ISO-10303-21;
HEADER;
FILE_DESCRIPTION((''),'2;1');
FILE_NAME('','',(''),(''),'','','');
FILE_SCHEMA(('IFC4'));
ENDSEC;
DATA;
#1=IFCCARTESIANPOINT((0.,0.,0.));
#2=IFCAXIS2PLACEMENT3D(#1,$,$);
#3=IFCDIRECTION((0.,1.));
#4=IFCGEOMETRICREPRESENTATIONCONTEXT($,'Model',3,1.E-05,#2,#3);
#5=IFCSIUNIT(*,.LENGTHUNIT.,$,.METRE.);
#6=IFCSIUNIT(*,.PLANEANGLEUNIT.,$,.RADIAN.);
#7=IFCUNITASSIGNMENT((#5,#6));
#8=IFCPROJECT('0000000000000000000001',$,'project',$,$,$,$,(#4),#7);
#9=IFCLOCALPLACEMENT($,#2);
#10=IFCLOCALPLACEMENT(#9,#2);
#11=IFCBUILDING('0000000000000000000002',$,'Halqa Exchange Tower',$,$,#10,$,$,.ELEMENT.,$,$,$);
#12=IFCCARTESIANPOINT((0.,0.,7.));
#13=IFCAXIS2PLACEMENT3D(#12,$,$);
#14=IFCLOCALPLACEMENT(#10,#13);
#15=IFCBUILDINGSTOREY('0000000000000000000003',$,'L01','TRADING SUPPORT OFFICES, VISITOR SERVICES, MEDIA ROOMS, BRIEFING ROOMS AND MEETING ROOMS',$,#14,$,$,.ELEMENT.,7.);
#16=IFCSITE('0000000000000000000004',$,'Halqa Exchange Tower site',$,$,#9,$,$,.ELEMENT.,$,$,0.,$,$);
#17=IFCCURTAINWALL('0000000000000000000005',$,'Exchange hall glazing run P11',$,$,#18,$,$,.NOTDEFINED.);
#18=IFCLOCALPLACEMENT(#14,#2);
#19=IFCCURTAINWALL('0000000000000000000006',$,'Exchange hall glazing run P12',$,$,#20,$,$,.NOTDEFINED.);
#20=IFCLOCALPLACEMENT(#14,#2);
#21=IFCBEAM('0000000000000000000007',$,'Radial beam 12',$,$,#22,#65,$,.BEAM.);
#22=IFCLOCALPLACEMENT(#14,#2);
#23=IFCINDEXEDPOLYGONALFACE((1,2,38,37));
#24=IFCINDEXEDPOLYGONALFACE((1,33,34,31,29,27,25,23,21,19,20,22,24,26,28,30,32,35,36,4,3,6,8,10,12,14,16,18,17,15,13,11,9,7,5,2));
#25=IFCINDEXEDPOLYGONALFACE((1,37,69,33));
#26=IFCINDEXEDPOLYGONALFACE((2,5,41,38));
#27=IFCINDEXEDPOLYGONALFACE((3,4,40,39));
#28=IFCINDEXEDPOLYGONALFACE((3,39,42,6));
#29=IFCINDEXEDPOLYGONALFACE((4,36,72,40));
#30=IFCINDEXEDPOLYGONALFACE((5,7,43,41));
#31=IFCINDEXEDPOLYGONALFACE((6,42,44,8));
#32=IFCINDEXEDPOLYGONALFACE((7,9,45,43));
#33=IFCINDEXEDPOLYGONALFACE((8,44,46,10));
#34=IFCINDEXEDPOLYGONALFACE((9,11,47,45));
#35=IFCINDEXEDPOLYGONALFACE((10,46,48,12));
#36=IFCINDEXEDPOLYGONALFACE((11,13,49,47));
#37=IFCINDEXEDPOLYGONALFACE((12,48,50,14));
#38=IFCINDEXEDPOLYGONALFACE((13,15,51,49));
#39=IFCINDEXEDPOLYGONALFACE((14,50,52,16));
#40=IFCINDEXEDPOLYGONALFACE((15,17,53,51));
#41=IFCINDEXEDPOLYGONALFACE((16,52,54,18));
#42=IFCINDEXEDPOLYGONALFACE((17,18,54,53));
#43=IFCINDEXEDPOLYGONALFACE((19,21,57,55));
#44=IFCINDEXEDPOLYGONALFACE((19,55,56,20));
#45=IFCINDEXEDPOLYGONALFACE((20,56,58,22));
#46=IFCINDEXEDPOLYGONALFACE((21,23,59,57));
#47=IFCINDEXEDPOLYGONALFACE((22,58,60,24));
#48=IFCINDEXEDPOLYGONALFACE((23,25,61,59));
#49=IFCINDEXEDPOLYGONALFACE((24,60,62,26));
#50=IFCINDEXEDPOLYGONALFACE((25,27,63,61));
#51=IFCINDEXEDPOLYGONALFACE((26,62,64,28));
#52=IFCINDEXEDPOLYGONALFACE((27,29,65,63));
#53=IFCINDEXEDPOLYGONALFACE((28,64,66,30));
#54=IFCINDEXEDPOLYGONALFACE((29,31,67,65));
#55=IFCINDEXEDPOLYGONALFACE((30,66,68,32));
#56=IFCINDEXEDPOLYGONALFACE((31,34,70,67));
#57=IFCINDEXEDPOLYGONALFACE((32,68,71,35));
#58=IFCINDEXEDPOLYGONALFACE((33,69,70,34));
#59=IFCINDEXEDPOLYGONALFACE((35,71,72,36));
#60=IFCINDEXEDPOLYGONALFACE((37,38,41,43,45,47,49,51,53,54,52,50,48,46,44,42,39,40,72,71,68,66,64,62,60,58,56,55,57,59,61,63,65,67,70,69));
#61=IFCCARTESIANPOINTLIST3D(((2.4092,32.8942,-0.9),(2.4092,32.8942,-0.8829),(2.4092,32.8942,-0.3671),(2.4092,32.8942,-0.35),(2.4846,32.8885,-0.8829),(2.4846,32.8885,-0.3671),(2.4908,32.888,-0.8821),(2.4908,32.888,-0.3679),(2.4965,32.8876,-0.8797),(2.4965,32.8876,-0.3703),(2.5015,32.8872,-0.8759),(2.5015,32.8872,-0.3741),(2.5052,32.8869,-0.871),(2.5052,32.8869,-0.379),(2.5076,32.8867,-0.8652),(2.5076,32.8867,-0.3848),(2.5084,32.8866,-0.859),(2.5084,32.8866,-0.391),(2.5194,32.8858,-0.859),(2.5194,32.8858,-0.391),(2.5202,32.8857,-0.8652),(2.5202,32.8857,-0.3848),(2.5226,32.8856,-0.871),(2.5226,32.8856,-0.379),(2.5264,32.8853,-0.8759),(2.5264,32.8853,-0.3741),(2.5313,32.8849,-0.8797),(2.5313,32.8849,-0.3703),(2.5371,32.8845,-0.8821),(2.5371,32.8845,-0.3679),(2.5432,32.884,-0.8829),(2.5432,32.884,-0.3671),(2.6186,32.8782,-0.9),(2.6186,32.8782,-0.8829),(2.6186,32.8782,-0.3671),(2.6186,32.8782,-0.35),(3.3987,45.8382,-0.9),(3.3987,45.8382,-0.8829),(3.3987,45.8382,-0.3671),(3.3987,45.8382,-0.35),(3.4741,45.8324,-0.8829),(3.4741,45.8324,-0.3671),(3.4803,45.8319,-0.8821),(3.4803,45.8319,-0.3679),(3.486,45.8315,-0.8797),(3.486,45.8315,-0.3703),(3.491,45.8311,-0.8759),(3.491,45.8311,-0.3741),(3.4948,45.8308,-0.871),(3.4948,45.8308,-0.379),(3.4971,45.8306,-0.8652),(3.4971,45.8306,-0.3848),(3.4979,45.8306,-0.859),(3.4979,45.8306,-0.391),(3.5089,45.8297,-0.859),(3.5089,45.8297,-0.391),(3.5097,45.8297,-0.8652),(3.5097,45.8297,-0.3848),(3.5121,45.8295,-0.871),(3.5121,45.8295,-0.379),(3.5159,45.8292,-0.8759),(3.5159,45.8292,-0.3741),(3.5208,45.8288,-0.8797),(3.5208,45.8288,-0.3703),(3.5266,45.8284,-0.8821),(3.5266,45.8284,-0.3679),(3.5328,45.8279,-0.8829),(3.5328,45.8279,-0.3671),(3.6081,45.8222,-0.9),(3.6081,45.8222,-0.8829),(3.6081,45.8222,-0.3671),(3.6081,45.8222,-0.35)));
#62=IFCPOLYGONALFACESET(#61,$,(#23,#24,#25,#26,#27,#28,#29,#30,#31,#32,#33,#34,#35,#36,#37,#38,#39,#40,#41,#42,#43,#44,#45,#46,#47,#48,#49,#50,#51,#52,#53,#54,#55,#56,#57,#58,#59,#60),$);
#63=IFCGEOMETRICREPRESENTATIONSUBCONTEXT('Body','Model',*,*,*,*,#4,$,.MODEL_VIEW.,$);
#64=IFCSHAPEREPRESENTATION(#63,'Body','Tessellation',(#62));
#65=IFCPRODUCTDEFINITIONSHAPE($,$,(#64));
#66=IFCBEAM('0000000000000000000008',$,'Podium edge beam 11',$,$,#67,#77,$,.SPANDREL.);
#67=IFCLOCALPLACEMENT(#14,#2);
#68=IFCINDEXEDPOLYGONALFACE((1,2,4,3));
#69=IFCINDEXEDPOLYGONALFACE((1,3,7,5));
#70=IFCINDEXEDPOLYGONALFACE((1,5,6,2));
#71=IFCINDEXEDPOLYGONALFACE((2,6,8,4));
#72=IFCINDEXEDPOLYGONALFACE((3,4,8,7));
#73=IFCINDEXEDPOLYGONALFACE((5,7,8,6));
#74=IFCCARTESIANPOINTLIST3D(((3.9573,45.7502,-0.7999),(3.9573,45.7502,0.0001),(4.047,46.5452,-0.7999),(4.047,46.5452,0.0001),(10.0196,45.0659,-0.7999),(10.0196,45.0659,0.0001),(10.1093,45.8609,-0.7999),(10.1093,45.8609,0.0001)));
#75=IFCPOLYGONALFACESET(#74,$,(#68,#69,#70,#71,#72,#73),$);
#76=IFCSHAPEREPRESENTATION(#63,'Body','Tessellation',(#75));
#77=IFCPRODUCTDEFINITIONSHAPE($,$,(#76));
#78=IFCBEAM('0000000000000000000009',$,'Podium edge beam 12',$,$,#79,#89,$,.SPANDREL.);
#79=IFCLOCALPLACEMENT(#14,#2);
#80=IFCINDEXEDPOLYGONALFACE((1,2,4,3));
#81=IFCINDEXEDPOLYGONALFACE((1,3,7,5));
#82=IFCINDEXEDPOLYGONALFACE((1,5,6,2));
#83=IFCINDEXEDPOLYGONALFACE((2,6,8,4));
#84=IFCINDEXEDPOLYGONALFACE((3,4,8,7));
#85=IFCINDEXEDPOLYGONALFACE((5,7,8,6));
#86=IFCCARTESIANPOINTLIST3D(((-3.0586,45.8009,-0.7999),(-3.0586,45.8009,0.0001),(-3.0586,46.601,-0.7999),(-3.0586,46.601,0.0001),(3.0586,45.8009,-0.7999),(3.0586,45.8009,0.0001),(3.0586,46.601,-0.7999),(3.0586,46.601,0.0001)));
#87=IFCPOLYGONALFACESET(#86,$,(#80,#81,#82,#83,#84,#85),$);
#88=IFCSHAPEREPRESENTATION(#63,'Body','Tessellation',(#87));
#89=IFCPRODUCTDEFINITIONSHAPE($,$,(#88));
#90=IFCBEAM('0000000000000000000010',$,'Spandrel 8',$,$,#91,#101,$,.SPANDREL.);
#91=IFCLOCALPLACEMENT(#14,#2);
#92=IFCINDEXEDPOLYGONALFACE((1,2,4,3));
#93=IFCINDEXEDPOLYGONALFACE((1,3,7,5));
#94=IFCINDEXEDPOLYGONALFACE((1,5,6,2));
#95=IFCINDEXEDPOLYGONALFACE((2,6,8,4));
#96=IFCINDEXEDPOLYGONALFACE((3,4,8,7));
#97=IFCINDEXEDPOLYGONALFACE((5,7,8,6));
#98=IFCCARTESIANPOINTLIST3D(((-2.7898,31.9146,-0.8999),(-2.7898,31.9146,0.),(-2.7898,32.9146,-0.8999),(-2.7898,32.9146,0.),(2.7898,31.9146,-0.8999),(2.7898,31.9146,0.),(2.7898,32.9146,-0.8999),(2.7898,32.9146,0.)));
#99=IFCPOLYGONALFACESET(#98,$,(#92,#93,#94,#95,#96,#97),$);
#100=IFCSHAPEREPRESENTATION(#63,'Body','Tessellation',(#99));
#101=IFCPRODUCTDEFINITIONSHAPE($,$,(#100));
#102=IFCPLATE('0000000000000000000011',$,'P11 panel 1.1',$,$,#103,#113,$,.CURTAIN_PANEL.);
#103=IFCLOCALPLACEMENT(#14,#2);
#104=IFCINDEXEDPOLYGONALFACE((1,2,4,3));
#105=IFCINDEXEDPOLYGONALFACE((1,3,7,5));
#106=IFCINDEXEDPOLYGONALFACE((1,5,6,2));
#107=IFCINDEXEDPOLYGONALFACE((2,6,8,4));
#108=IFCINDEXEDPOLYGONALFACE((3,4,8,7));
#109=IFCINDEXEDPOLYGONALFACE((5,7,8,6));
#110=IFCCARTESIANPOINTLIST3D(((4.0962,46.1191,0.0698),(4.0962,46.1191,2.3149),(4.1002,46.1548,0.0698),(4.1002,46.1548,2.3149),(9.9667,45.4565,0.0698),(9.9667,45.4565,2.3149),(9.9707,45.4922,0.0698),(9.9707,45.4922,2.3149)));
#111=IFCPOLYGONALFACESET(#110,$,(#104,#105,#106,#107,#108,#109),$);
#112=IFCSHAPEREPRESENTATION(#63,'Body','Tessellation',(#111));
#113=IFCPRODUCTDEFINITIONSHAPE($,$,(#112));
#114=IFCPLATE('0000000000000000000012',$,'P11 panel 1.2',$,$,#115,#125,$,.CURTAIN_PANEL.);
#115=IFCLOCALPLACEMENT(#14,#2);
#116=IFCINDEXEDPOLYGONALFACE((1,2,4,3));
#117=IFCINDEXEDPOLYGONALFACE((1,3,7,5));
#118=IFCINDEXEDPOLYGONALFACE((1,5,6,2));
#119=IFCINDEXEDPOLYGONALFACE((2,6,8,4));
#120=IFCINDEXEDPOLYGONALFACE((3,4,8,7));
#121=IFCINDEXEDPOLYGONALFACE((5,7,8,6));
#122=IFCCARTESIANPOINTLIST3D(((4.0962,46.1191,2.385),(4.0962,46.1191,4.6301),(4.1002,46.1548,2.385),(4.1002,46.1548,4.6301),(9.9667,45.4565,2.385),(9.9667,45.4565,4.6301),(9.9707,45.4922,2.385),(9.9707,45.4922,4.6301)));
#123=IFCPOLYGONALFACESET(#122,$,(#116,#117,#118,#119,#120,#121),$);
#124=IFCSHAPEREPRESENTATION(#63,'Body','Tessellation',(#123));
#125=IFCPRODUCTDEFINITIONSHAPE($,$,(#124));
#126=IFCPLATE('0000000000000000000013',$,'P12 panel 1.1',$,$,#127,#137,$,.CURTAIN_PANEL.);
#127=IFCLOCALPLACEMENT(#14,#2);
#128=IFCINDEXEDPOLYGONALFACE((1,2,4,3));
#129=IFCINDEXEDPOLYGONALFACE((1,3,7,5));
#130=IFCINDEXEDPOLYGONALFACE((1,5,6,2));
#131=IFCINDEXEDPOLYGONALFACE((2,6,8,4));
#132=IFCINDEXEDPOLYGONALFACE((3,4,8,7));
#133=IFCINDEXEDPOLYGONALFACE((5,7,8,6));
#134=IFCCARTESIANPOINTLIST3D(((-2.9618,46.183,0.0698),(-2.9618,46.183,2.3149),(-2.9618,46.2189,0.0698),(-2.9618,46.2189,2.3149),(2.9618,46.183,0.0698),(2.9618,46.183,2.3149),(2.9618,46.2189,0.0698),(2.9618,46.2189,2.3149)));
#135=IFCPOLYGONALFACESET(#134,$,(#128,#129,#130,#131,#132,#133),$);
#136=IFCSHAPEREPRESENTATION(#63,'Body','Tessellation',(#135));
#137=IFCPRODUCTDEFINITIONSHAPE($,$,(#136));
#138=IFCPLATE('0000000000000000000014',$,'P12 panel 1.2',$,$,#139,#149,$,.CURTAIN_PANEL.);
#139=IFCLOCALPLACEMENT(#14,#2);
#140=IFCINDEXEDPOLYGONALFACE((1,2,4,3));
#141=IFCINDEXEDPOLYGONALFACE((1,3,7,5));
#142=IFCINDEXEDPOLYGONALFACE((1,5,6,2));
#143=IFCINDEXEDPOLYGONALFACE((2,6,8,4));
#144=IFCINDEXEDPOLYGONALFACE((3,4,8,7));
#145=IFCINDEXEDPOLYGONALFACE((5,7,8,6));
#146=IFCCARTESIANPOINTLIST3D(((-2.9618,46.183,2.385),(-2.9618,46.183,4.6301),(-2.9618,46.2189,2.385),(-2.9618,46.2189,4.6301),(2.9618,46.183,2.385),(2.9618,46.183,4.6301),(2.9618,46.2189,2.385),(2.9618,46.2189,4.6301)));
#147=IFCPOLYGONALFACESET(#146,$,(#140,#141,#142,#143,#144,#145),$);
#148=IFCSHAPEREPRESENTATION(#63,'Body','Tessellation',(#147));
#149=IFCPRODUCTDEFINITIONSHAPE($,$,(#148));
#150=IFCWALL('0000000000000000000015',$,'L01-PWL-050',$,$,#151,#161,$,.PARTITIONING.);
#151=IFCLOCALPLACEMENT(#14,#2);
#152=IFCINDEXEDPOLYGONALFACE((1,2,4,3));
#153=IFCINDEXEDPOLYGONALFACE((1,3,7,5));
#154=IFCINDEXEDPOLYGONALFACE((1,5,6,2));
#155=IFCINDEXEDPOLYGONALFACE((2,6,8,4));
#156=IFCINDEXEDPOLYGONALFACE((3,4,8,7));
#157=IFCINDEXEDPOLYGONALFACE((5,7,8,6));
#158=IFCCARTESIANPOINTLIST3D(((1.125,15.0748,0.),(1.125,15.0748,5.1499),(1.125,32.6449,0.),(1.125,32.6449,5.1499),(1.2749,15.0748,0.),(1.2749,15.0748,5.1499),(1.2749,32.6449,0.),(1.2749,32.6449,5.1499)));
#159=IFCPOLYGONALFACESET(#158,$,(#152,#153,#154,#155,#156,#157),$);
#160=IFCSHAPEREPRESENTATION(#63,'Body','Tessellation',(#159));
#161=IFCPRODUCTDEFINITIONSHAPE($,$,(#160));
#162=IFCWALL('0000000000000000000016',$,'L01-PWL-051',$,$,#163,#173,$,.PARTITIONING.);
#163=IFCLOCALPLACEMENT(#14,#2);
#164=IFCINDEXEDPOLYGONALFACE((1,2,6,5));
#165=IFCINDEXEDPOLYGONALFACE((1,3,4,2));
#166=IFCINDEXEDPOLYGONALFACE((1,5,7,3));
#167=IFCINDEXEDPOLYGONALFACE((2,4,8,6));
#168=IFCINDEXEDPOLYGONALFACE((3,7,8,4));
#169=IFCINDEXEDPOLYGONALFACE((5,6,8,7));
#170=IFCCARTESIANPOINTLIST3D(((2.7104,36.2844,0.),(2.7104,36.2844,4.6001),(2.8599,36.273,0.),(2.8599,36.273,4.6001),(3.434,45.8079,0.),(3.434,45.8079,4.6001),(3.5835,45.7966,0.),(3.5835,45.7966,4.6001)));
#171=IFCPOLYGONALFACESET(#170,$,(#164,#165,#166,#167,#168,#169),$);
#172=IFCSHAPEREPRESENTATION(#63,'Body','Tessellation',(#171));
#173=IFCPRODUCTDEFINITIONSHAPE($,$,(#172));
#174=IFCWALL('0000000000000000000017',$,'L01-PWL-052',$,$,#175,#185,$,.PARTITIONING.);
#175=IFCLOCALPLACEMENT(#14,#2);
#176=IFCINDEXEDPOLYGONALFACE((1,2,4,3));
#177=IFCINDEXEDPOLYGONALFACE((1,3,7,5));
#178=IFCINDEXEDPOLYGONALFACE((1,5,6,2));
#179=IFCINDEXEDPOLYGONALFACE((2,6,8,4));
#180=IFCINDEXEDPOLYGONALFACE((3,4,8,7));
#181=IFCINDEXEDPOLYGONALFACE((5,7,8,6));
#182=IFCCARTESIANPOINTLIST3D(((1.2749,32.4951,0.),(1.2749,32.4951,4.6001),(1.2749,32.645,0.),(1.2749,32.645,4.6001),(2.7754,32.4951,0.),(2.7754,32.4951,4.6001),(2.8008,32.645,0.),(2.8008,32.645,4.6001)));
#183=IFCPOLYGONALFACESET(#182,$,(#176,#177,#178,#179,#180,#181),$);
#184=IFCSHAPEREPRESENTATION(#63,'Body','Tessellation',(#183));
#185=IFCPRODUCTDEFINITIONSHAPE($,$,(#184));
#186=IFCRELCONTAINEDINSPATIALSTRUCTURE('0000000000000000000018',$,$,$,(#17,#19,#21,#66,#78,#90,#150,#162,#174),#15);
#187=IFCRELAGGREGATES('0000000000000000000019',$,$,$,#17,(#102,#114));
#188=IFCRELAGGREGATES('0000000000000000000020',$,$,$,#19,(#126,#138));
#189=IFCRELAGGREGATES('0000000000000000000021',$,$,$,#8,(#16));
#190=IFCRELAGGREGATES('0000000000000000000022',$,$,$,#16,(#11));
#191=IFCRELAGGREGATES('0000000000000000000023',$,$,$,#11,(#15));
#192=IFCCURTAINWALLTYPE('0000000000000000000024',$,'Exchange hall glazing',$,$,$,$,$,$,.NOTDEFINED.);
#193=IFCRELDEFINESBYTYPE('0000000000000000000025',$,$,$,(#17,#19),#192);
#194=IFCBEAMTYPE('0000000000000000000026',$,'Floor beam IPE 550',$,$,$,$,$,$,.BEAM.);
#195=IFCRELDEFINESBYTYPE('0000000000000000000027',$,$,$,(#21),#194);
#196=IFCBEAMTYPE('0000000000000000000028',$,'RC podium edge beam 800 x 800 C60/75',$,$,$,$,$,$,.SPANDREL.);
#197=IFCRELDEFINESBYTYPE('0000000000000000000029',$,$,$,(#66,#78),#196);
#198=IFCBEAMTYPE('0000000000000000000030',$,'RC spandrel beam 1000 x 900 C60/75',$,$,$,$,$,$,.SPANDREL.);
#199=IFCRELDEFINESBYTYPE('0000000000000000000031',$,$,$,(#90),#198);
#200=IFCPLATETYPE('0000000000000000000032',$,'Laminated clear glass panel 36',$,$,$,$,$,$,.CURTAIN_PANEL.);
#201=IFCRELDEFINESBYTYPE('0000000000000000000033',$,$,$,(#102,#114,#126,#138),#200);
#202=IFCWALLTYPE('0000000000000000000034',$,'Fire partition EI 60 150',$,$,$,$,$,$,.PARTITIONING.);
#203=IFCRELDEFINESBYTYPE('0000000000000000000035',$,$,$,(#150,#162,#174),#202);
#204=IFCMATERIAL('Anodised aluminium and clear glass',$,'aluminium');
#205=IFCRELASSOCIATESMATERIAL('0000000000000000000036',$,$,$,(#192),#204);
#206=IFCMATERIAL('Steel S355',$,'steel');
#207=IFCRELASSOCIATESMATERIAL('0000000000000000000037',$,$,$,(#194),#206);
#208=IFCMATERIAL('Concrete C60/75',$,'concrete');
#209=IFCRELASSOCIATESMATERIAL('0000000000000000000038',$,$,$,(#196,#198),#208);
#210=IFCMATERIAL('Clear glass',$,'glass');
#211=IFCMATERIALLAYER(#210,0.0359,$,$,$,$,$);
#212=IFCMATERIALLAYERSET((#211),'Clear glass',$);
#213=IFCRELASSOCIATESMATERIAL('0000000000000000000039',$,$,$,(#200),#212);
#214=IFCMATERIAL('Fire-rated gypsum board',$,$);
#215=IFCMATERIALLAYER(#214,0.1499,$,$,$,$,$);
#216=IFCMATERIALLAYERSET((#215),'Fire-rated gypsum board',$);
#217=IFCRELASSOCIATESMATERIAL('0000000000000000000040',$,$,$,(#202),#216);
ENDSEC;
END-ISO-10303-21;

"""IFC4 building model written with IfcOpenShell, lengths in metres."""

from ifc_helpers import new_model, si_unit, direction, frame, frame_2d, origin, origin_2d, place, context, subcontext, project, spatial, polyline, rectangle, i_section, outline, extrude, material, layer, layer_set, material_profile, profile_set, type_object, element, aggregate, save


model = new_model("IFC4")

# Units and contexts
model_context = context("Model", 3, precision=1e-05, world=origin(), true_north=direction((0.0, 1.0)))
body_context = subcontext(model_context, "Body", "Model", "MODEL_VIEW")
ifc_project = project(units=[si_unit("LENGTHUNIT", "METRE"), si_unit("PLANEANGLEUNIT", "RADIAN")], contexts=[model_context])

# Site, building, storey
site_placement = place(None, origin())
site = spatial("IfcSite", under=ifc_project, at=site_placement, Name="Halqa Exchange Tower site", CompositionType="ELEMENT", RefElevation=0.0)
building_placement = place(site_placement, origin())
building = spatial("IfcBuilding", under=site, at=building_placement, Name="Halqa Exchange Tower", CompositionType="ELEMENT")
storey_placement = place(building_placement, frame((0.0, 0.0, 7.0)))
storey = spatial("IfcBuildingStorey", under=building, at=storey_placement, Name="L01", Description="TRADING SUPPORT OFFICES, VISITOR SERVICES, MEDIA ROOMS, BRIEFING ROOMS AND MEETING ROOMS", CompositionType="ELEMENT", Elevation=7.0)

# Shared definitions
ifc_material_1 = material(Name="Concrete C60/75", Category="concrete")

# Curtain wall
ifc_material_2 = material(Name="Anodised aluminium and clear glass", Category="aluminium")
curtain_wall_type = type_object("IfcCurtainWallType", Name="Exchange hall glazing", PredefinedType="NOTDEFINED", material=ifc_material_2)
curtain_wall_1_placement = place(storey_placement, origin())
curtain_wall_1 = element("IfcCurtainWall", 1, at=curtain_wall_1_placement, inside=storey, type_object=curtain_wall_type, Name="Exchange hall glazing run P11", PredefinedType="NOTDEFINED")

# Curtain wall
curtain_wall_2_placement = place(storey_placement, origin())
curtain_wall_2 = element("IfcCurtainWall", 2, at=curtain_wall_2_placement, inside=storey, type_object=curtain_wall_type, Name="Exchange hall glazing run P12", PredefinedType="NOTDEFINED")

# Beams
ifc_material_3 = material(Name="Steel S355", Category="steel")
ifc_material_profile_1 = material_profile(ifc_material_3, i_section(OverallWidth=0.21, OverallDepth=0.55, WebThickness=0.011, FlangeThickness=0.0171, FilletRadius=0.0239, at=origin_2d()), Name="IPE 550")
ifc_profile_set_1 = profile_set([ifc_material_profile_1], Name="Steel S355")
beam_type_1 = type_object("IfcBeamType", Name="Floor beam IPE 550", PredefinedType="BEAM", material=ifc_profile_set_1)
beam_1_placement = place(storey_placement, frame((2.5139, 32.8862, -0.625), z_axis=(0.076223, 0.997091, 0.0), x_axis=(-0.997091, 0.076223, 0.0)))
element("IfcBeam", 3, at=beam_1_placement, inside=storey, type_object=beam_type_1, Name="Radial beam 12", PredefinedType="BEAM", context=body_context, shape_type="SweptSolid", body=[
    extrude(i_section(OverallWidth=0.21, OverallDepth=0.55, WebThickness=0.011, FlangeThickness=0.0171, FilletRadius=0.0239, at=origin_2d()), origin(), (0.0, 0.0, 1.0), 12.9817),
])
ifc_material_profile_2 = material_profile(ifc_material_1, rectangle(XDim=0.8, YDim=0.8, at=origin_2d()), Name="800 x 800")
ifc_profile_set_2 = profile_set([ifc_material_profile_2], Name="Concrete C60/75")
beam_type_2 = type_object("IfcBeamType", Name="RC podium edge beam 800 x 800 C60/75", PredefinedType="SPANDREL", material=ifc_profile_set_2)
beam_2_placement = place(storey_placement, frame((10.0645, 45.4634, -0.3999), z_axis=(-0.993689, 0.112171, 0.0), x_axis=(-0.112171, -0.993689, 0.0)))
element("IfcBeam", 4, at=beam_2_placement, inside=storey, type_object=beam_type_2, Name="Podium edge beam 11", PredefinedType="SPANDREL", context=body_context, shape_type="SweptSolid", body=[
    extrude(rectangle(XDim=0.8, YDim=0.8, at=origin_2d()), origin(), (0.0, 0.0, 1.0), 6.1008),
])
beam_3_placement = place(storey_placement, frame((3.0586, 46.2009, -0.3999), z_axis=(-1.0, 0.0, 0.0), x_axis=(0.0, -1.0, 0.0)))
element("IfcBeam", 5, at=beam_3_placement, inside=storey, type_object=beam_type_2, Name="Podium edge beam 12", PredefinedType="SPANDREL", context=body_context, shape_type="SweptSolid", body=[
    extrude(rectangle(XDim=0.8, YDim=0.8, at=origin_2d()), origin(), (0.0, 0.0, 1.0), 6.1172),
])
ifc_material_profile_3 = material_profile(ifc_material_1, rectangle(XDim=1.0, YDim=0.8999, at=origin_2d()), Name="1000 x 900")
ifc_profile_set_3 = profile_set([ifc_material_profile_3], Name="Concrete C60/75")
beam_type_3 = type_object("IfcBeamType", Name="RC spandrel beam 1000 x 900 C60/75", PredefinedType="SPANDREL", material=ifc_profile_set_3)
beam_4_placement = place(storey_placement, frame((2.7898, 32.4146, -0.45), z_axis=(-1.0, 0.0, 0.0), x_axis=(0.0, -1.0, 0.0)))
element("IfcBeam", 6, at=beam_4_placement, inside=storey, type_object=beam_type_3, Name="Spandrel 8", PredefinedType="SPANDREL", context=body_context, shape_type="SweptSolid", body=[
    extrude(rectangle(XDim=1.0, YDim=0.8999, at=origin_2d()), origin(), (0.0, 0.0, 1.0), 5.5796),
])

# Plates
ifc_material_4 = material(Name="Clear glass", Category="glass")
ifc_layer_1 = layer(ifc_material_4, 0.0359)
ifc_layer_set_1 = layer_set([ifc_layer_1], Name="Clear glass")
plate_type = type_object("IfcPlateType", Name="Laminated clear glass panel 36", PredefinedType="CURTAIN_PANEL", material=ifc_layer_set_1)
plate_1_placement = place(storey_placement, frame((7.0334, 45.8057, 0.0698), z_axis=(0.0, 0.0, 1.0), x_axis=(-0.99369, 0.112159, 0.0)))
plate_1 = element("IfcPlate", 7, at=plate_1_placement, type_object=plate_type, Name="P11 panel 1.1", PredefinedType="CURTAIN_PANEL", context=body_context, shape_type="SweptSolid", body=[
    extrude(rectangle(XDim=5.9077, YDim=0.0359, at=origin_2d()), origin(), (0.0, 0.0, 1.0), 2.2451),
])
plate_2_placement = place(storey_placement, frame((7.0334, 45.8057, 2.385), z_axis=(0.0, 0.0, 1.0), x_axis=(-0.99369, 0.112159, 0.0)))
plate_2 = element("IfcPlate", 8, at=plate_2_placement, type_object=plate_type, Name="P11 panel 1.2", PredefinedType="CURTAIN_PANEL", context=body_context, shape_type="SweptSolid", body=[
    extrude(rectangle(XDim=5.9077, YDim=0.0359, at=origin_2d()), origin(), (0.0, 0.0, 1.0), 2.2451),
])
aggregate(curtain_wall_1, [plate_1, plate_2])
plate_3_placement = place(storey_placement, frame((0.0, 46.2009, 0.0698), z_axis=(0.0, 0.0, 1.0), x_axis=(-1.0, 0.0, 0.0)))
plate_3 = element("IfcPlate", 9, at=plate_3_placement, type_object=plate_type, Name="P12 panel 1.1", PredefinedType="CURTAIN_PANEL", context=body_context, shape_type="SweptSolid", body=[
    extrude(rectangle(XDim=5.9236, YDim=0.0359, at=origin_2d()), origin(), (0.0, 0.0, 1.0), 2.2451),
])
plate_4_placement = place(storey_placement, frame((0.0, 46.2009, 2.385), z_axis=(0.0, 0.0, 1.0), x_axis=(-1.0, 0.0, 0.0)))
plate_4 = element("IfcPlate", 10, at=plate_4_placement, type_object=plate_type, Name="P12 panel 1.2", PredefinedType="CURTAIN_PANEL", context=body_context, shape_type="SweptSolid", body=[
    extrude(rectangle(XDim=5.9236, YDim=0.0359, at=origin_2d()), origin(), (0.0, 0.0, 1.0), 2.2451),
])
aggregate(curtain_wall_2, [plate_3, plate_4])

# Walls
ifc_material_5 = material(Name="Fire-rated gypsum board")
ifc_layer_2 = layer(ifc_material_5, 0.1499)
ifc_layer_set_2 = layer_set([ifc_layer_2], Name="Fire-rated gypsum board")
wall_type_1 = type_object("IfcWallType", Name="Fire partition EI 60 150", PredefinedType="PARTITIONING", material=ifc_layer_set_2)
wall_1_placement = place(storey_placement, frame((1.2, 32.645, 0.0), z_axis=(0.0, 0.0, 1.0), x_axis=(0.0, -1.0, 0.0)))
element("IfcWall", 11, at=wall_1_placement, inside=storey, type_object=wall_type_1, Name="L01-PWL-050", PredefinedType="PARTITIONING", context=body_context, shape_type="SweptSolid", body=[
    extrude(rectangle(XDim=17.5701, YDim=0.1499, at=frame_2d((8.7852, 0.0))), origin(), (0.0, 0.0, 1.0), 5.1499),
])
wall_2_placement = place(storey_placement, frame((2.7852, 36.2788, 0.0), z_axis=(0.0, 0.0, 1.0), x_axis=(0.075764, 0.997126, 0.0)))
element("IfcWall", 12, at=wall_2_placement, inside=storey, type_object=wall_type_1, Name="L01-PWL-051", PredefinedType="PARTITIONING", context=body_context, shape_type="SweptSolid", body=[
    extrude(rectangle(XDim=9.551, YDim=0.1499, at=frame_2d((4.7754, 0.0))), origin(), (0.0, 0.0, 1.0), 4.6001),
])
wall_3_placement = place(storey_placement, frame((2.7881, 32.5701, 0.0), z_axis=(0.0, 0.0, 1.0), x_axis=(-1.0, 0.0, 0.0)))
element("IfcWall", 13, at=wall_3_placement, inside=storey, type_object=wall_type_1, Name="L01-PWL-052", PredefinedType="PARTITIONING", context=body_context, shape_type="SweptSolid", body=[
    extrude(outline(polyline([(-0.0127, -0.075), (1.5132, -0.075), (1.5132, 0.075), (0.0127, 0.075), (-0.0127, -0.075)])), origin(), (0.0, 0.0, 1.0), 4.6001),
])

save(model, "model.ifc")
